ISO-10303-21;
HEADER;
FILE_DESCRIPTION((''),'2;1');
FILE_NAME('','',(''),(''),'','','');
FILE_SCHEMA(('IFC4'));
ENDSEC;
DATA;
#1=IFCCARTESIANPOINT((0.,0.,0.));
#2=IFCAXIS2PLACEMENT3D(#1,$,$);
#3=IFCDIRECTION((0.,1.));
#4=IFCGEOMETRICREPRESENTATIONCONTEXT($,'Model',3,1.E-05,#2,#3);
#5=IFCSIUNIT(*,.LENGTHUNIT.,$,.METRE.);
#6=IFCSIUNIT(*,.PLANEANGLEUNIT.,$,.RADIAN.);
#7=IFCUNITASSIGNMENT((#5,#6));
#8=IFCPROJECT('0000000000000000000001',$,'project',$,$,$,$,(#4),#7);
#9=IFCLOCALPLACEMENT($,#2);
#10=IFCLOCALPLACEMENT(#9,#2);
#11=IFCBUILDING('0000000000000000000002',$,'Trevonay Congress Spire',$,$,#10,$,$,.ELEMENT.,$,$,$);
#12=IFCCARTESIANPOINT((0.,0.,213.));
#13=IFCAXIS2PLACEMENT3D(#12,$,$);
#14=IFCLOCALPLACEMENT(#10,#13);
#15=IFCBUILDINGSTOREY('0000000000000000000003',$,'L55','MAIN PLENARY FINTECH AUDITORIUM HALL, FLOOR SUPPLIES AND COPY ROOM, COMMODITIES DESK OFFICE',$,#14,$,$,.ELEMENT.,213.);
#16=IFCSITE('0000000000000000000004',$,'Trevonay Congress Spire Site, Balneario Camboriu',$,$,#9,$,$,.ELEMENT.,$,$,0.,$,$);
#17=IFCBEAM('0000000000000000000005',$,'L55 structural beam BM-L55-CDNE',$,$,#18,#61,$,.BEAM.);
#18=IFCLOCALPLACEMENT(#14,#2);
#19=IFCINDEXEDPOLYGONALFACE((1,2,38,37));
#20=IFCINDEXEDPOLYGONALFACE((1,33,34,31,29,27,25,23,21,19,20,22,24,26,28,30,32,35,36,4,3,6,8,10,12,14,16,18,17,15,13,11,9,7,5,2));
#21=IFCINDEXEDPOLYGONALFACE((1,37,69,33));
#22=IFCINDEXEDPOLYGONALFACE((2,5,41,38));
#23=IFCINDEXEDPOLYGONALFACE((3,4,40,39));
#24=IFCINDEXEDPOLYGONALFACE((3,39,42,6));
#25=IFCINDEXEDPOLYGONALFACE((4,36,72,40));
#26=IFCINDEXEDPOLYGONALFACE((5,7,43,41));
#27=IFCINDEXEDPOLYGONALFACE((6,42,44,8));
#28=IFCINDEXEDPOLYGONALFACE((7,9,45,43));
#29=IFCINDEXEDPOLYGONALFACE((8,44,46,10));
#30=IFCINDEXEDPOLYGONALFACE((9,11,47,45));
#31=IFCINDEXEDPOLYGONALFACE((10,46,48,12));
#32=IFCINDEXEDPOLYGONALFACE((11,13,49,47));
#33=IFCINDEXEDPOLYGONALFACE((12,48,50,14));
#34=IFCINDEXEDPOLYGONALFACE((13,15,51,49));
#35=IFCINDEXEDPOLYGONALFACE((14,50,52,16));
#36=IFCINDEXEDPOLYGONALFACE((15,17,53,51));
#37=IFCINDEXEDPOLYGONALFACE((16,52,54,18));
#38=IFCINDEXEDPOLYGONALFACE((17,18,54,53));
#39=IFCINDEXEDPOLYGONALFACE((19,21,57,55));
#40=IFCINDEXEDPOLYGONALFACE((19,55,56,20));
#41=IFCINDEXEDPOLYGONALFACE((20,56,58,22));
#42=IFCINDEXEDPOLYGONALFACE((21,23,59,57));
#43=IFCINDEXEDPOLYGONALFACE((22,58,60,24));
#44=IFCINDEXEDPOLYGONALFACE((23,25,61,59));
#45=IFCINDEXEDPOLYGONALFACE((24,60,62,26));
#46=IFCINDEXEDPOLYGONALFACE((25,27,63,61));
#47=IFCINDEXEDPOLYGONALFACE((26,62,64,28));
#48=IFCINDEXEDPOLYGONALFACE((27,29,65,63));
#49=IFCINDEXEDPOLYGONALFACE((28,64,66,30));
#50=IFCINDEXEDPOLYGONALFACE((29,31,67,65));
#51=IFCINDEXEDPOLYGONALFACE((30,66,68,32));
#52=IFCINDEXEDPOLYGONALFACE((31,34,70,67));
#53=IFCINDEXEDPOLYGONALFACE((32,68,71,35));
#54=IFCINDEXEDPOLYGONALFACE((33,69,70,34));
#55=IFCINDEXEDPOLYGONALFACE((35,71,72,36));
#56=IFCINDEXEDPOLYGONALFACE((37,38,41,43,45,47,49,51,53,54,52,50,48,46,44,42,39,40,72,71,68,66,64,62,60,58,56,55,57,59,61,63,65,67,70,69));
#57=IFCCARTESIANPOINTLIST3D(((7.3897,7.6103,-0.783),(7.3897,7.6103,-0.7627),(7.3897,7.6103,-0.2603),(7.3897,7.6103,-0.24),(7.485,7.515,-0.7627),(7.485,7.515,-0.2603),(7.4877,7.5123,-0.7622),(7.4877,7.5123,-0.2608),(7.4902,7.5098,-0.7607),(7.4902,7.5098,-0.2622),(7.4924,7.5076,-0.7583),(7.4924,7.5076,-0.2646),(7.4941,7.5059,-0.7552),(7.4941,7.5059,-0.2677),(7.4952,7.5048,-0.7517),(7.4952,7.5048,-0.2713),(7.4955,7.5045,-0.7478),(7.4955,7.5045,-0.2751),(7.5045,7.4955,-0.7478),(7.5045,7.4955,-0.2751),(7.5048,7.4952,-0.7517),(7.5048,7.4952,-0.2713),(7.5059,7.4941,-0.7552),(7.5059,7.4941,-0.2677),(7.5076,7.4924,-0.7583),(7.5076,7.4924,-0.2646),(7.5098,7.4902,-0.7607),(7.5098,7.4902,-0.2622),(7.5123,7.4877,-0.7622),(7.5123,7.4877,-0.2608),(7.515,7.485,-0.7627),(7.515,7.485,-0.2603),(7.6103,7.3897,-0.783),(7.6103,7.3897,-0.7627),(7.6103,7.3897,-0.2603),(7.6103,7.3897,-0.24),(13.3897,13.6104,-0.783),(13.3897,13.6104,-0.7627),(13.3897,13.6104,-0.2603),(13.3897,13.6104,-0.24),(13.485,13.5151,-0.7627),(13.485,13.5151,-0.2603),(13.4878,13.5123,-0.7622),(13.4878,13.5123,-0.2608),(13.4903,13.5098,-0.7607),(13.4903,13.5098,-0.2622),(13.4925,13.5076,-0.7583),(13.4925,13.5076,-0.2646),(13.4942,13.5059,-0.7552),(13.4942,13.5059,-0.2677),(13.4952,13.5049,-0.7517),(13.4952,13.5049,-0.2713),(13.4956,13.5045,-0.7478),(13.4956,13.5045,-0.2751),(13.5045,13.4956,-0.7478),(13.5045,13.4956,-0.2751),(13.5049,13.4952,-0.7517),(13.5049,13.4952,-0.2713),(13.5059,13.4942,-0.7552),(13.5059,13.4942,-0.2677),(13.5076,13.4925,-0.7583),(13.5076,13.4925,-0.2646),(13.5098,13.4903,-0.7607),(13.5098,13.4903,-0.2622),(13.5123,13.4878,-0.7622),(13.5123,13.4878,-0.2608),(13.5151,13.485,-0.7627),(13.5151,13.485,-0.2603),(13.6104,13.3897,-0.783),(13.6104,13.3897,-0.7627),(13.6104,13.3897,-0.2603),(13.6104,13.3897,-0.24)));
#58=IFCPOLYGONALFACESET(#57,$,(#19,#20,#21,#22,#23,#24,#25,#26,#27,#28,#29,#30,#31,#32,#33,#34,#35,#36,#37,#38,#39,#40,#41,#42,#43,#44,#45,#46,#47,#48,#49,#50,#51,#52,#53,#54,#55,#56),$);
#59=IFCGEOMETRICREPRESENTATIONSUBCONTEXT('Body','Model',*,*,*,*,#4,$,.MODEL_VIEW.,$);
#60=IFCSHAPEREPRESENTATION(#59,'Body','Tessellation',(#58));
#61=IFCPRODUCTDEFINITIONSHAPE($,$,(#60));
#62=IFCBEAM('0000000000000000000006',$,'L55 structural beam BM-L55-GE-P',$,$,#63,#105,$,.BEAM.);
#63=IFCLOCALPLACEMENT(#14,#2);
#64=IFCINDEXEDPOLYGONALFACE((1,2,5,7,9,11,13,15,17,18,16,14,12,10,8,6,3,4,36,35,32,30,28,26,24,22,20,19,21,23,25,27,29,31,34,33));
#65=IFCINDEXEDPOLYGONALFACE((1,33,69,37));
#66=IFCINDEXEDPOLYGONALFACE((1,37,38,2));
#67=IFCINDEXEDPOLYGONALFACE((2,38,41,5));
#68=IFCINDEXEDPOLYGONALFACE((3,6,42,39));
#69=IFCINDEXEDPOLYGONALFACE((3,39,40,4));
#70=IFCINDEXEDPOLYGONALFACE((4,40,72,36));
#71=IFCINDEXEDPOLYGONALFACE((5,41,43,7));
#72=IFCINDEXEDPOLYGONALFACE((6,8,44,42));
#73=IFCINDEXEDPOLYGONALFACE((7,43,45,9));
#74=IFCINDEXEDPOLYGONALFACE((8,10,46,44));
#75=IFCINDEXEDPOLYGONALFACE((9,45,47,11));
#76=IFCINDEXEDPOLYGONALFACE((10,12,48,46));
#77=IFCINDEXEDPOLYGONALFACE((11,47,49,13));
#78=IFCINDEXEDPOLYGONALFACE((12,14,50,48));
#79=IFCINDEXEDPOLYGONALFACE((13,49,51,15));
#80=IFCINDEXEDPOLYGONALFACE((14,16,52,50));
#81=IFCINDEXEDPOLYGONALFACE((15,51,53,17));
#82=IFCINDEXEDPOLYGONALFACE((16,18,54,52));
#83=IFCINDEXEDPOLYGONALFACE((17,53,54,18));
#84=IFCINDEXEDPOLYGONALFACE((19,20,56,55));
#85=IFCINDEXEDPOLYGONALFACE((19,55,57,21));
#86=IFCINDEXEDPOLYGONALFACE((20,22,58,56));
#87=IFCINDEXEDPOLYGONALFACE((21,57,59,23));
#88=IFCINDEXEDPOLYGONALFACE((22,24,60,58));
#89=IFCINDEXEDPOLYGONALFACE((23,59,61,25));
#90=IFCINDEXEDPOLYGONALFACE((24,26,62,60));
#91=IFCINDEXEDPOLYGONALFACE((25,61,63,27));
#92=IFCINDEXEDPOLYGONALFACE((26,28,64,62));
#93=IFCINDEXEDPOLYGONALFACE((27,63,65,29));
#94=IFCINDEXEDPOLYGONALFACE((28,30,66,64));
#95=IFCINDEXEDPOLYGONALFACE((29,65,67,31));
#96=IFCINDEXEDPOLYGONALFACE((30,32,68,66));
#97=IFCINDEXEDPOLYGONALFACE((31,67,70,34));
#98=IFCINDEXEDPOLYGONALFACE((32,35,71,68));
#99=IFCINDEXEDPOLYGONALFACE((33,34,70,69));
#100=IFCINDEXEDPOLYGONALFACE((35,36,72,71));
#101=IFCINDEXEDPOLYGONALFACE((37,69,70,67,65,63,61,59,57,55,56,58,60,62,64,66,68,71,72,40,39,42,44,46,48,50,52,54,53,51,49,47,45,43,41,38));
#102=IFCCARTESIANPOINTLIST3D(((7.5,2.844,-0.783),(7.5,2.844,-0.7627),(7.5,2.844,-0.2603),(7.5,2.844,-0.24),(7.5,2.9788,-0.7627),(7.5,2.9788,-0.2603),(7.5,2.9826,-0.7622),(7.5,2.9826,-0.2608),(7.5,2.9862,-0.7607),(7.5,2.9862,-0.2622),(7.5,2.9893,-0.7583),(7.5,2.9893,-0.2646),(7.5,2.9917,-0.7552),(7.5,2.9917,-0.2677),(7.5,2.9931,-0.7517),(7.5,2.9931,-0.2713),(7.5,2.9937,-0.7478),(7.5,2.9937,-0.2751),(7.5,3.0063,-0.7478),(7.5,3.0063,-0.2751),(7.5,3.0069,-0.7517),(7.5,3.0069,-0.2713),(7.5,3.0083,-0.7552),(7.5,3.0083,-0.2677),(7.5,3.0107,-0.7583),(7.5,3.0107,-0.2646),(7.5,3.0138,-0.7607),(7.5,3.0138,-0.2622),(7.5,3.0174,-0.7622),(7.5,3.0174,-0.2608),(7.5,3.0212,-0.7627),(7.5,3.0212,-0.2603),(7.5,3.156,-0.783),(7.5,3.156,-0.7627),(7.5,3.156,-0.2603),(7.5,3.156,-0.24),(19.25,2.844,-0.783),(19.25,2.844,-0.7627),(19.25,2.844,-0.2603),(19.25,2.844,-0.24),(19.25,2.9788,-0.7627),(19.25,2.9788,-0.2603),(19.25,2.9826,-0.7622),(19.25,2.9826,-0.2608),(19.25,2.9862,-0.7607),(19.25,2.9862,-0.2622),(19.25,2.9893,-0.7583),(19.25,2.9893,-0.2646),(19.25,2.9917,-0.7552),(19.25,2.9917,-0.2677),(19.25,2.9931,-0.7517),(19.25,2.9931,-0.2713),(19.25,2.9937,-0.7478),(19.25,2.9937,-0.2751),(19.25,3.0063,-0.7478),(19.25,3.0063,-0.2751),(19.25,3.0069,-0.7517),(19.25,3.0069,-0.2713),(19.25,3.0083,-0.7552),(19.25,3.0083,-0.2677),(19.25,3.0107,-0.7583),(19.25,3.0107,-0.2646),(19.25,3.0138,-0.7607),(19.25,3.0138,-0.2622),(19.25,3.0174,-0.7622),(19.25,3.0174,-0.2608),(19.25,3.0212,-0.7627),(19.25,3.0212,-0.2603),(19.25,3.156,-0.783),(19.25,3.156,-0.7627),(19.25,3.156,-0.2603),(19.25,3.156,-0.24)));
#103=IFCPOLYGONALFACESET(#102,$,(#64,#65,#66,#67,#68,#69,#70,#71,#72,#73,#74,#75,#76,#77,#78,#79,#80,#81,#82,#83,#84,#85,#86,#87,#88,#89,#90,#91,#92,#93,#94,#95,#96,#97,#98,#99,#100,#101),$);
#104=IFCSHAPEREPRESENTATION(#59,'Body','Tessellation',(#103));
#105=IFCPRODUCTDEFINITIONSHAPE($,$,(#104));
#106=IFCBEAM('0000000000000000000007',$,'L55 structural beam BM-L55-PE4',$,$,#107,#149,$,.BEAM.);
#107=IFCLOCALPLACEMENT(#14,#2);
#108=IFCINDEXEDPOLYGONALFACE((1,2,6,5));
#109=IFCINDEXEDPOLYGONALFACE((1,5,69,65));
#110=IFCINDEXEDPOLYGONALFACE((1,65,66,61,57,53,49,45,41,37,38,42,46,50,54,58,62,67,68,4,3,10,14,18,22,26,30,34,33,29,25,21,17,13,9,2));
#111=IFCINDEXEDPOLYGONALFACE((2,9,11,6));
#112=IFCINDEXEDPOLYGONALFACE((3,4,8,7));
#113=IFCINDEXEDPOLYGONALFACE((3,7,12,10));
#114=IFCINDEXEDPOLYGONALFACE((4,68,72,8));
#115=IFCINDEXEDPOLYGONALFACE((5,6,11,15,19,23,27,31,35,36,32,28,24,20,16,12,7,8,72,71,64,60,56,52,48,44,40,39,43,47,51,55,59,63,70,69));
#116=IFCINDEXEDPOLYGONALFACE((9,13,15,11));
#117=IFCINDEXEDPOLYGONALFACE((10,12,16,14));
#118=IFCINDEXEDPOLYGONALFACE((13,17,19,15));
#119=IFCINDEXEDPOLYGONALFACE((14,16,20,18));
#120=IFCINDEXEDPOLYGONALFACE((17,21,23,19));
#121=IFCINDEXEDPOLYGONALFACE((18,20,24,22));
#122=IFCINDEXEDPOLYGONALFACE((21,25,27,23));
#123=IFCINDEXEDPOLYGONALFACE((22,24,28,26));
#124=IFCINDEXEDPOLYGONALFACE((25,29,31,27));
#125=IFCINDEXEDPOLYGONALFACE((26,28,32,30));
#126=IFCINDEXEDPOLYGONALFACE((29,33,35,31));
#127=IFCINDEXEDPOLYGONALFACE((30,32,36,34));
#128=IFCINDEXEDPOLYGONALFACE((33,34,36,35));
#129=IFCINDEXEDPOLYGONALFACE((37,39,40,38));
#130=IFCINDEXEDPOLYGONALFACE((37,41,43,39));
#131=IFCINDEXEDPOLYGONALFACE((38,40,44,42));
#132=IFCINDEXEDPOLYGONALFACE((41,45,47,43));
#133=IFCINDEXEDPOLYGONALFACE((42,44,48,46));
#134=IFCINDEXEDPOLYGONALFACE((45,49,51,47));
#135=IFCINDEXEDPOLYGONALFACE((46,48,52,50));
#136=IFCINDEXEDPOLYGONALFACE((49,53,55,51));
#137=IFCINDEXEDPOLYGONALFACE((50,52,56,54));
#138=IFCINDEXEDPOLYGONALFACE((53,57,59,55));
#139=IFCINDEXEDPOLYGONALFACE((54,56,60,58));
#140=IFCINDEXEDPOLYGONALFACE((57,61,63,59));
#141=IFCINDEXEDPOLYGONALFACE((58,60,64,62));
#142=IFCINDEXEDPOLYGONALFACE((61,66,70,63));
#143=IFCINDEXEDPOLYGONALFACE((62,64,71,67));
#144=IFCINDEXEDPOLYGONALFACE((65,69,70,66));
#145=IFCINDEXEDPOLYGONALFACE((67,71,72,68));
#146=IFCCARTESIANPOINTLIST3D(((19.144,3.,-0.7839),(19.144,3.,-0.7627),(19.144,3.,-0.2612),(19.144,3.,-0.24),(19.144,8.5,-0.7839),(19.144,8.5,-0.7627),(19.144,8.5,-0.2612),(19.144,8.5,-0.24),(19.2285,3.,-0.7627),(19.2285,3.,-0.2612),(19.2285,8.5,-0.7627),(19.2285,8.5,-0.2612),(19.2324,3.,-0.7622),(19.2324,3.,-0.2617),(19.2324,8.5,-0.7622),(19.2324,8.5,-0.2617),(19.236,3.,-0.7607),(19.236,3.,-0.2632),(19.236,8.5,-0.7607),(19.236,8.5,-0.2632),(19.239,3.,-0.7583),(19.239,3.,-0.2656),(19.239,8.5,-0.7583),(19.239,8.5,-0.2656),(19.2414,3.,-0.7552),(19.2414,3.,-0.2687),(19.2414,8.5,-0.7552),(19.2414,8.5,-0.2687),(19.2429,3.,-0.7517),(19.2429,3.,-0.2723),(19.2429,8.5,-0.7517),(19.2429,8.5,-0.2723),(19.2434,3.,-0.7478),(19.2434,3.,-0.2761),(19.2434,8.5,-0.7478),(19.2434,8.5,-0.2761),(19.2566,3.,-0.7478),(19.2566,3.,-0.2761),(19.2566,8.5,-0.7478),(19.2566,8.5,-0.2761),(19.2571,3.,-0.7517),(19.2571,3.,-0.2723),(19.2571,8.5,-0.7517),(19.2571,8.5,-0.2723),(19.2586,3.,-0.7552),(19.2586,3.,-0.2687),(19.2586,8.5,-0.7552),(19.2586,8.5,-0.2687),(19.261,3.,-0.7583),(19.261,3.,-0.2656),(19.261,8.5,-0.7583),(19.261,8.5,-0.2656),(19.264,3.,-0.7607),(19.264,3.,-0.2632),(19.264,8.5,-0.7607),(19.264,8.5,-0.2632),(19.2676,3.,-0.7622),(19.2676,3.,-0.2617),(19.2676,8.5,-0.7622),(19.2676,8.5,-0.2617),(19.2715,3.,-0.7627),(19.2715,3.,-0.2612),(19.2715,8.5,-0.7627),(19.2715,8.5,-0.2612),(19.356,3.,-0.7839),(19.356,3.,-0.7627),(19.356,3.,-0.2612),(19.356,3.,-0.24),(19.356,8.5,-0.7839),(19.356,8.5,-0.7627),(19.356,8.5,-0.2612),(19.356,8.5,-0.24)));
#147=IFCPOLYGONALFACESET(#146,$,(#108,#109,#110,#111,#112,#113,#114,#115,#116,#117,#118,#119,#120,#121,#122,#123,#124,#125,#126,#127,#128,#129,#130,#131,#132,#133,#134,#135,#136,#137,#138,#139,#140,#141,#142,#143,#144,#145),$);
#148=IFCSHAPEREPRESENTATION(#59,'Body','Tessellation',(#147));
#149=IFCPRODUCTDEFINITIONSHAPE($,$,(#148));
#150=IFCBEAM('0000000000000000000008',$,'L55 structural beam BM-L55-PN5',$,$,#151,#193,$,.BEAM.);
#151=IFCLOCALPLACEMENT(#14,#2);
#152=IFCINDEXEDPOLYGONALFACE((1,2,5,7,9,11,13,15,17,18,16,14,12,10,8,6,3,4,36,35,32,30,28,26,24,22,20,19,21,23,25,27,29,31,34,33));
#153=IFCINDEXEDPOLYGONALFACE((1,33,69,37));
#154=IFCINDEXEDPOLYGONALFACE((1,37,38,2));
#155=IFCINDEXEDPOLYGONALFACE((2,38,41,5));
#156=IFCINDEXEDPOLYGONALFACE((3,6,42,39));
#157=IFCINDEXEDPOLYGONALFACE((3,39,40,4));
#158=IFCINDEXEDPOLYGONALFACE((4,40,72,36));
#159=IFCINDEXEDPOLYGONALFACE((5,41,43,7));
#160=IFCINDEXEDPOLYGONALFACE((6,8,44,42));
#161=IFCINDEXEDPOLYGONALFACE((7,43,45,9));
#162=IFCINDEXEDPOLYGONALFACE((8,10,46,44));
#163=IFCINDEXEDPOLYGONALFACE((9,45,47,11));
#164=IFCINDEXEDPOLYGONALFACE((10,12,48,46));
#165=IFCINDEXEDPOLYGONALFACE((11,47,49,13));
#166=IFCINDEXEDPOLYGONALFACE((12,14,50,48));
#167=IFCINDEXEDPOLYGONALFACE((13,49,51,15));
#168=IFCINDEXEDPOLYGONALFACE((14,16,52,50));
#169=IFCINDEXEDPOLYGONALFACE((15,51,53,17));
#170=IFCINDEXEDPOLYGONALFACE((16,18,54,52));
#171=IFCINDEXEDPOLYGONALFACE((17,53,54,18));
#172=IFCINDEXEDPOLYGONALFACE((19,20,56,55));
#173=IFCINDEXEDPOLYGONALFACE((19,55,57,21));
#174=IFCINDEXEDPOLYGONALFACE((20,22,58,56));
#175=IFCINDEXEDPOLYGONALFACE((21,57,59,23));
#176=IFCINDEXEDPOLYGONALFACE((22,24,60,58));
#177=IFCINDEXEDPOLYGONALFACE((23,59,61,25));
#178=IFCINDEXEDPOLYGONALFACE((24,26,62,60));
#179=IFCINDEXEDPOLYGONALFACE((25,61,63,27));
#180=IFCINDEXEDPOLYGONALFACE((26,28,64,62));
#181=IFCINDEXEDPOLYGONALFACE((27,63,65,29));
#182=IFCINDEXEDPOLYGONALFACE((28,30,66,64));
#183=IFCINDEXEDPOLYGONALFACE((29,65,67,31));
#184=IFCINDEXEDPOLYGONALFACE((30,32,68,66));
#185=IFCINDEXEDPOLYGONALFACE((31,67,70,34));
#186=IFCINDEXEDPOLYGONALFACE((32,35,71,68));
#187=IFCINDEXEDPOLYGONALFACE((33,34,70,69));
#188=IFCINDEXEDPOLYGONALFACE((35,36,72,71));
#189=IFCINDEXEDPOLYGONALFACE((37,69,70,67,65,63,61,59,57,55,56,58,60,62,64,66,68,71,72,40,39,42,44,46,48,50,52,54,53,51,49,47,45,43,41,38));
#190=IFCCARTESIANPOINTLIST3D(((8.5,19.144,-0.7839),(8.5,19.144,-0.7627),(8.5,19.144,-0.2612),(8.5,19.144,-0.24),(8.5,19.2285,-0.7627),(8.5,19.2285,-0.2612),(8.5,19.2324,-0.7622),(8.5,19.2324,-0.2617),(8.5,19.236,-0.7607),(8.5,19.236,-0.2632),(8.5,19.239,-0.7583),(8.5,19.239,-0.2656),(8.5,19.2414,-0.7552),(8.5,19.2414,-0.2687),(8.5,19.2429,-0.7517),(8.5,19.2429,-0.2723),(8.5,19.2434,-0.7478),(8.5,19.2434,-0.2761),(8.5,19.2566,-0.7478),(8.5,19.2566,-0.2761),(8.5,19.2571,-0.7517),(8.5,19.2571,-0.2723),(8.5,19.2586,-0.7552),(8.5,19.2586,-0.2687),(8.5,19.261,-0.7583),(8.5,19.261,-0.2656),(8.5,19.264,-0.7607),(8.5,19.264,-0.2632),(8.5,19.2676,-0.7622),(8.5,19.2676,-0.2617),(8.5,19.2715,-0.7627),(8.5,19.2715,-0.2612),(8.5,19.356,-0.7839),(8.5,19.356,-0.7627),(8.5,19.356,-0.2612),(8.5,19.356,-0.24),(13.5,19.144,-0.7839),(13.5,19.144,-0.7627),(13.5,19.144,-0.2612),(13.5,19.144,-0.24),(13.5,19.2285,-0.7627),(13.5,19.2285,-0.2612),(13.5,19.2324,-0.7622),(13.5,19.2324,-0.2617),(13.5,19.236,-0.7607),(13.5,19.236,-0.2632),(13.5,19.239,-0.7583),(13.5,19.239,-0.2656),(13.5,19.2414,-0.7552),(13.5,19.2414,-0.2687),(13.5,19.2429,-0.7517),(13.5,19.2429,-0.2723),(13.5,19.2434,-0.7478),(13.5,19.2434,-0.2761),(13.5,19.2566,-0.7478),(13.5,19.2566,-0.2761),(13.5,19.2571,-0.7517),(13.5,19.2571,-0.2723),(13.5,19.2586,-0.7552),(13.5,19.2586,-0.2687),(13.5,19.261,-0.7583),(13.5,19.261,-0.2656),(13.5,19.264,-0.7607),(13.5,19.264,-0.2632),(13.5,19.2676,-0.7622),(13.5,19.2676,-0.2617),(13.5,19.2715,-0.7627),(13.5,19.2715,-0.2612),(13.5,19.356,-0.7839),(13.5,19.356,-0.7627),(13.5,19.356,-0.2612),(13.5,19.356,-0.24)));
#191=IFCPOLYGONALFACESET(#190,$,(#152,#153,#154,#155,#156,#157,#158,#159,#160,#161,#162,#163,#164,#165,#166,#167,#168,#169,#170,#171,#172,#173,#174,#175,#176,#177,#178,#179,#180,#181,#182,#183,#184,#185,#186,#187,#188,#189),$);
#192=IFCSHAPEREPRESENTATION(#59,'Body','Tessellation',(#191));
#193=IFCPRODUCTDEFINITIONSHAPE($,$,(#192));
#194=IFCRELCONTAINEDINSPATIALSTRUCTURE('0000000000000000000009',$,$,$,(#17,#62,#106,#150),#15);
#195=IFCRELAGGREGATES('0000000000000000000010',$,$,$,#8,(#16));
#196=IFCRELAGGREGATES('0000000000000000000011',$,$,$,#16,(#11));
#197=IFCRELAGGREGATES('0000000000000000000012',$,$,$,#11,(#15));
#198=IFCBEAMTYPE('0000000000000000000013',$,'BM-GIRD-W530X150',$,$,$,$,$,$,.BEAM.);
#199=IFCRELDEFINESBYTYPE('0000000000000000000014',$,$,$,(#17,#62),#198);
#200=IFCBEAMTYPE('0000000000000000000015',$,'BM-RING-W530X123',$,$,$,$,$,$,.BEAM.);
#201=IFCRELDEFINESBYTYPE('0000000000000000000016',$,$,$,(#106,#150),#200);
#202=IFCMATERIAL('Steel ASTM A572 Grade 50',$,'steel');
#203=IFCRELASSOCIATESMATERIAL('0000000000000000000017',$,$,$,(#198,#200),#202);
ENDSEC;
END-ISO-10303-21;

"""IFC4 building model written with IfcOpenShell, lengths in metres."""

from ifc_helpers import new_model, si_unit, direction, frame, origin, origin_2d, place, context, subcontext, project, spatial, i_section, extrude, material, material_profile, profile_set, type_object, element, save


model = new_model("IFC4")

# Units and contexts
model_context = context("Model", 3, precision=1e-05, world=origin(), true_north=direction((0.0, 1.0)))
body_context = subcontext(model_context, "Body", "Model", "MODEL_VIEW")
ifc_project = project(units=[si_unit("LENGTHUNIT", "METRE"), si_unit("PLANEANGLEUNIT", "RADIAN")], contexts=[model_context])

# Site, building, storey
site_placement = place(None, origin())
site = spatial("IfcSite", under=ifc_project, at=site_placement, Name="Trevonay Congress Spire Site, Balneario Camboriu", CompositionType="ELEMENT", RefElevation=0.0)
building_placement = place(site_placement, origin())
building = spatial("IfcBuilding", under=site, at=building_placement, Name="Trevonay Congress Spire", CompositionType="ELEMENT")
storey_placement = place(building_placement, frame((0.0, 0.0, 213.0)))
storey = spatial("IfcBuildingStorey", under=building, at=storey_placement, Name="L55", Description="MAIN PLENARY FINTECH AUDITORIUM HALL, FLOOR SUPPLIES AND COPY ROOM, COMMODITIES DESK OFFICE", CompositionType="ELEMENT", Elevation=213.0)

# Shared definitions
ifc_material_1 = material(Name="Steel ASTM A572 Grade 50", Category="steel")

# Beams
ifc_material_profile_1 = material_profile(ifc_material_1, i_section(OverallWidth=0.312, OverallDepth=0.543, WebThickness=0.0127, FlangeThickness=0.0203, FilletRadius=0.0149, at=origin_2d()), Name="W530x150")
ifc_profile_set_1 = profile_set([ifc_material_profile_1], Name="Steel ASTM A572 Grade 50")
beam_type_1 = type_object("IfcBeamType", Name="BM-GIRD-W530X150", PredefinedType="BEAM", material=ifc_profile_set_1)
beam_1_placement = place(storey_placement, frame((7.5, 7.5, -0.5115), z_axis=(0.707107, 0.707107, 0.0), x_axis=(-0.707107, 0.707107, 0.0)))
element("IfcBeam", 1, at=beam_1_placement, inside=storey, type_object=beam_type_1, Name="L55 structural beam BM-L55-CDNE", PredefinedType="BEAM", context=body_context, shape_type="SweptSolid", body=[
    extrude(i_section(OverallWidth=0.312, OverallDepth=0.543, WebThickness=0.0127, FlangeThickness=0.0203, FilletRadius=0.0149, at=origin_2d()), origin(), (0.0, 0.0, 1.0), 8.4854),
])
beam_2_placement = place(storey_placement, frame((7.5, 3.0, -0.5115), z_axis=(1.0, 0.0, 0.0), x_axis=(0.0, 1.0, 0.0)))
element("IfcBeam", 2, at=beam_2_placement, inside=storey, type_object=beam_type_1, Name="L55 structural beam BM-L55-GE-P", PredefinedType="BEAM", context=body_context, shape_type="SweptSolid", body=[
    extrude(i_section(OverallWidth=0.312, OverallDepth=0.543, WebThickness=0.0127, FlangeThickness=0.0203, FilletRadius=0.0149, at=origin_2d()), origin(), (0.0, 0.0, 1.0), 11.75),
])
ifc_material_profile_2 = material_profile(ifc_material_1, i_section(OverallWidth=0.2119, OverallDepth=0.5439, WebThickness=0.0132, FlangeThickness=0.0212, FilletRadius=0.0149, at=origin_2d()), Name="W530x123")
ifc_profile_set_2 = profile_set([ifc_material_profile_2], Name="Steel ASTM A572 Grade 50")
beam_type_2 = type_object("IfcBeamType", Name="BM-RING-W530X123", PredefinedType="BEAM", material=ifc_profile_set_2)
beam_3_placement = place(storey_placement, frame((19.25, 3.0, -0.512), z_axis=(0.0, 1.0, 0.0), x_axis=(-1.0, 0.0, 0.0)))
element("IfcBeam", 3, at=beam_3_placement, inside=storey, type_object=beam_type_2, Name="L55 structural beam BM-L55-PE4", PredefinedType="BEAM", context=body_context, shape_type="SweptSolid", body=[
    extrude(i_section(OverallWidth=0.2119, OverallDepth=0.5439, WebThickness=0.0132, FlangeThickness=0.0212, FilletRadius=0.0149, at=origin_2d()), origin(), (0.0, 0.0, 1.0), 5.5),
])
for number, where, z_axis, x_axis, name in (
    (4, (8.5, 19.25, -0.512), (1.0, 0.0, 0.0), (0.0, 1.0, 0.0), "L55 structural beam BM-L55-PN5"),
):
    element("IfcBeam", number, at=place(storey_placement, frame(where, z_axis=z_axis, x_axis=x_axis)), inside=storey, type_object=beam_type_2, Name=name, PredefinedType="BEAM", context=body_context, shape_type="SweptSolid", body=[
        extrude(i_section(OverallWidth=0.2119, OverallDepth=0.5439, WebThickness=0.0132, FlangeThickness=0.0212, FilletRadius=0.0149, at=origin_2d()), origin(), (0.0, 0.0, 1.0), 5.0),
    ])

save(model, "model.ifc")
